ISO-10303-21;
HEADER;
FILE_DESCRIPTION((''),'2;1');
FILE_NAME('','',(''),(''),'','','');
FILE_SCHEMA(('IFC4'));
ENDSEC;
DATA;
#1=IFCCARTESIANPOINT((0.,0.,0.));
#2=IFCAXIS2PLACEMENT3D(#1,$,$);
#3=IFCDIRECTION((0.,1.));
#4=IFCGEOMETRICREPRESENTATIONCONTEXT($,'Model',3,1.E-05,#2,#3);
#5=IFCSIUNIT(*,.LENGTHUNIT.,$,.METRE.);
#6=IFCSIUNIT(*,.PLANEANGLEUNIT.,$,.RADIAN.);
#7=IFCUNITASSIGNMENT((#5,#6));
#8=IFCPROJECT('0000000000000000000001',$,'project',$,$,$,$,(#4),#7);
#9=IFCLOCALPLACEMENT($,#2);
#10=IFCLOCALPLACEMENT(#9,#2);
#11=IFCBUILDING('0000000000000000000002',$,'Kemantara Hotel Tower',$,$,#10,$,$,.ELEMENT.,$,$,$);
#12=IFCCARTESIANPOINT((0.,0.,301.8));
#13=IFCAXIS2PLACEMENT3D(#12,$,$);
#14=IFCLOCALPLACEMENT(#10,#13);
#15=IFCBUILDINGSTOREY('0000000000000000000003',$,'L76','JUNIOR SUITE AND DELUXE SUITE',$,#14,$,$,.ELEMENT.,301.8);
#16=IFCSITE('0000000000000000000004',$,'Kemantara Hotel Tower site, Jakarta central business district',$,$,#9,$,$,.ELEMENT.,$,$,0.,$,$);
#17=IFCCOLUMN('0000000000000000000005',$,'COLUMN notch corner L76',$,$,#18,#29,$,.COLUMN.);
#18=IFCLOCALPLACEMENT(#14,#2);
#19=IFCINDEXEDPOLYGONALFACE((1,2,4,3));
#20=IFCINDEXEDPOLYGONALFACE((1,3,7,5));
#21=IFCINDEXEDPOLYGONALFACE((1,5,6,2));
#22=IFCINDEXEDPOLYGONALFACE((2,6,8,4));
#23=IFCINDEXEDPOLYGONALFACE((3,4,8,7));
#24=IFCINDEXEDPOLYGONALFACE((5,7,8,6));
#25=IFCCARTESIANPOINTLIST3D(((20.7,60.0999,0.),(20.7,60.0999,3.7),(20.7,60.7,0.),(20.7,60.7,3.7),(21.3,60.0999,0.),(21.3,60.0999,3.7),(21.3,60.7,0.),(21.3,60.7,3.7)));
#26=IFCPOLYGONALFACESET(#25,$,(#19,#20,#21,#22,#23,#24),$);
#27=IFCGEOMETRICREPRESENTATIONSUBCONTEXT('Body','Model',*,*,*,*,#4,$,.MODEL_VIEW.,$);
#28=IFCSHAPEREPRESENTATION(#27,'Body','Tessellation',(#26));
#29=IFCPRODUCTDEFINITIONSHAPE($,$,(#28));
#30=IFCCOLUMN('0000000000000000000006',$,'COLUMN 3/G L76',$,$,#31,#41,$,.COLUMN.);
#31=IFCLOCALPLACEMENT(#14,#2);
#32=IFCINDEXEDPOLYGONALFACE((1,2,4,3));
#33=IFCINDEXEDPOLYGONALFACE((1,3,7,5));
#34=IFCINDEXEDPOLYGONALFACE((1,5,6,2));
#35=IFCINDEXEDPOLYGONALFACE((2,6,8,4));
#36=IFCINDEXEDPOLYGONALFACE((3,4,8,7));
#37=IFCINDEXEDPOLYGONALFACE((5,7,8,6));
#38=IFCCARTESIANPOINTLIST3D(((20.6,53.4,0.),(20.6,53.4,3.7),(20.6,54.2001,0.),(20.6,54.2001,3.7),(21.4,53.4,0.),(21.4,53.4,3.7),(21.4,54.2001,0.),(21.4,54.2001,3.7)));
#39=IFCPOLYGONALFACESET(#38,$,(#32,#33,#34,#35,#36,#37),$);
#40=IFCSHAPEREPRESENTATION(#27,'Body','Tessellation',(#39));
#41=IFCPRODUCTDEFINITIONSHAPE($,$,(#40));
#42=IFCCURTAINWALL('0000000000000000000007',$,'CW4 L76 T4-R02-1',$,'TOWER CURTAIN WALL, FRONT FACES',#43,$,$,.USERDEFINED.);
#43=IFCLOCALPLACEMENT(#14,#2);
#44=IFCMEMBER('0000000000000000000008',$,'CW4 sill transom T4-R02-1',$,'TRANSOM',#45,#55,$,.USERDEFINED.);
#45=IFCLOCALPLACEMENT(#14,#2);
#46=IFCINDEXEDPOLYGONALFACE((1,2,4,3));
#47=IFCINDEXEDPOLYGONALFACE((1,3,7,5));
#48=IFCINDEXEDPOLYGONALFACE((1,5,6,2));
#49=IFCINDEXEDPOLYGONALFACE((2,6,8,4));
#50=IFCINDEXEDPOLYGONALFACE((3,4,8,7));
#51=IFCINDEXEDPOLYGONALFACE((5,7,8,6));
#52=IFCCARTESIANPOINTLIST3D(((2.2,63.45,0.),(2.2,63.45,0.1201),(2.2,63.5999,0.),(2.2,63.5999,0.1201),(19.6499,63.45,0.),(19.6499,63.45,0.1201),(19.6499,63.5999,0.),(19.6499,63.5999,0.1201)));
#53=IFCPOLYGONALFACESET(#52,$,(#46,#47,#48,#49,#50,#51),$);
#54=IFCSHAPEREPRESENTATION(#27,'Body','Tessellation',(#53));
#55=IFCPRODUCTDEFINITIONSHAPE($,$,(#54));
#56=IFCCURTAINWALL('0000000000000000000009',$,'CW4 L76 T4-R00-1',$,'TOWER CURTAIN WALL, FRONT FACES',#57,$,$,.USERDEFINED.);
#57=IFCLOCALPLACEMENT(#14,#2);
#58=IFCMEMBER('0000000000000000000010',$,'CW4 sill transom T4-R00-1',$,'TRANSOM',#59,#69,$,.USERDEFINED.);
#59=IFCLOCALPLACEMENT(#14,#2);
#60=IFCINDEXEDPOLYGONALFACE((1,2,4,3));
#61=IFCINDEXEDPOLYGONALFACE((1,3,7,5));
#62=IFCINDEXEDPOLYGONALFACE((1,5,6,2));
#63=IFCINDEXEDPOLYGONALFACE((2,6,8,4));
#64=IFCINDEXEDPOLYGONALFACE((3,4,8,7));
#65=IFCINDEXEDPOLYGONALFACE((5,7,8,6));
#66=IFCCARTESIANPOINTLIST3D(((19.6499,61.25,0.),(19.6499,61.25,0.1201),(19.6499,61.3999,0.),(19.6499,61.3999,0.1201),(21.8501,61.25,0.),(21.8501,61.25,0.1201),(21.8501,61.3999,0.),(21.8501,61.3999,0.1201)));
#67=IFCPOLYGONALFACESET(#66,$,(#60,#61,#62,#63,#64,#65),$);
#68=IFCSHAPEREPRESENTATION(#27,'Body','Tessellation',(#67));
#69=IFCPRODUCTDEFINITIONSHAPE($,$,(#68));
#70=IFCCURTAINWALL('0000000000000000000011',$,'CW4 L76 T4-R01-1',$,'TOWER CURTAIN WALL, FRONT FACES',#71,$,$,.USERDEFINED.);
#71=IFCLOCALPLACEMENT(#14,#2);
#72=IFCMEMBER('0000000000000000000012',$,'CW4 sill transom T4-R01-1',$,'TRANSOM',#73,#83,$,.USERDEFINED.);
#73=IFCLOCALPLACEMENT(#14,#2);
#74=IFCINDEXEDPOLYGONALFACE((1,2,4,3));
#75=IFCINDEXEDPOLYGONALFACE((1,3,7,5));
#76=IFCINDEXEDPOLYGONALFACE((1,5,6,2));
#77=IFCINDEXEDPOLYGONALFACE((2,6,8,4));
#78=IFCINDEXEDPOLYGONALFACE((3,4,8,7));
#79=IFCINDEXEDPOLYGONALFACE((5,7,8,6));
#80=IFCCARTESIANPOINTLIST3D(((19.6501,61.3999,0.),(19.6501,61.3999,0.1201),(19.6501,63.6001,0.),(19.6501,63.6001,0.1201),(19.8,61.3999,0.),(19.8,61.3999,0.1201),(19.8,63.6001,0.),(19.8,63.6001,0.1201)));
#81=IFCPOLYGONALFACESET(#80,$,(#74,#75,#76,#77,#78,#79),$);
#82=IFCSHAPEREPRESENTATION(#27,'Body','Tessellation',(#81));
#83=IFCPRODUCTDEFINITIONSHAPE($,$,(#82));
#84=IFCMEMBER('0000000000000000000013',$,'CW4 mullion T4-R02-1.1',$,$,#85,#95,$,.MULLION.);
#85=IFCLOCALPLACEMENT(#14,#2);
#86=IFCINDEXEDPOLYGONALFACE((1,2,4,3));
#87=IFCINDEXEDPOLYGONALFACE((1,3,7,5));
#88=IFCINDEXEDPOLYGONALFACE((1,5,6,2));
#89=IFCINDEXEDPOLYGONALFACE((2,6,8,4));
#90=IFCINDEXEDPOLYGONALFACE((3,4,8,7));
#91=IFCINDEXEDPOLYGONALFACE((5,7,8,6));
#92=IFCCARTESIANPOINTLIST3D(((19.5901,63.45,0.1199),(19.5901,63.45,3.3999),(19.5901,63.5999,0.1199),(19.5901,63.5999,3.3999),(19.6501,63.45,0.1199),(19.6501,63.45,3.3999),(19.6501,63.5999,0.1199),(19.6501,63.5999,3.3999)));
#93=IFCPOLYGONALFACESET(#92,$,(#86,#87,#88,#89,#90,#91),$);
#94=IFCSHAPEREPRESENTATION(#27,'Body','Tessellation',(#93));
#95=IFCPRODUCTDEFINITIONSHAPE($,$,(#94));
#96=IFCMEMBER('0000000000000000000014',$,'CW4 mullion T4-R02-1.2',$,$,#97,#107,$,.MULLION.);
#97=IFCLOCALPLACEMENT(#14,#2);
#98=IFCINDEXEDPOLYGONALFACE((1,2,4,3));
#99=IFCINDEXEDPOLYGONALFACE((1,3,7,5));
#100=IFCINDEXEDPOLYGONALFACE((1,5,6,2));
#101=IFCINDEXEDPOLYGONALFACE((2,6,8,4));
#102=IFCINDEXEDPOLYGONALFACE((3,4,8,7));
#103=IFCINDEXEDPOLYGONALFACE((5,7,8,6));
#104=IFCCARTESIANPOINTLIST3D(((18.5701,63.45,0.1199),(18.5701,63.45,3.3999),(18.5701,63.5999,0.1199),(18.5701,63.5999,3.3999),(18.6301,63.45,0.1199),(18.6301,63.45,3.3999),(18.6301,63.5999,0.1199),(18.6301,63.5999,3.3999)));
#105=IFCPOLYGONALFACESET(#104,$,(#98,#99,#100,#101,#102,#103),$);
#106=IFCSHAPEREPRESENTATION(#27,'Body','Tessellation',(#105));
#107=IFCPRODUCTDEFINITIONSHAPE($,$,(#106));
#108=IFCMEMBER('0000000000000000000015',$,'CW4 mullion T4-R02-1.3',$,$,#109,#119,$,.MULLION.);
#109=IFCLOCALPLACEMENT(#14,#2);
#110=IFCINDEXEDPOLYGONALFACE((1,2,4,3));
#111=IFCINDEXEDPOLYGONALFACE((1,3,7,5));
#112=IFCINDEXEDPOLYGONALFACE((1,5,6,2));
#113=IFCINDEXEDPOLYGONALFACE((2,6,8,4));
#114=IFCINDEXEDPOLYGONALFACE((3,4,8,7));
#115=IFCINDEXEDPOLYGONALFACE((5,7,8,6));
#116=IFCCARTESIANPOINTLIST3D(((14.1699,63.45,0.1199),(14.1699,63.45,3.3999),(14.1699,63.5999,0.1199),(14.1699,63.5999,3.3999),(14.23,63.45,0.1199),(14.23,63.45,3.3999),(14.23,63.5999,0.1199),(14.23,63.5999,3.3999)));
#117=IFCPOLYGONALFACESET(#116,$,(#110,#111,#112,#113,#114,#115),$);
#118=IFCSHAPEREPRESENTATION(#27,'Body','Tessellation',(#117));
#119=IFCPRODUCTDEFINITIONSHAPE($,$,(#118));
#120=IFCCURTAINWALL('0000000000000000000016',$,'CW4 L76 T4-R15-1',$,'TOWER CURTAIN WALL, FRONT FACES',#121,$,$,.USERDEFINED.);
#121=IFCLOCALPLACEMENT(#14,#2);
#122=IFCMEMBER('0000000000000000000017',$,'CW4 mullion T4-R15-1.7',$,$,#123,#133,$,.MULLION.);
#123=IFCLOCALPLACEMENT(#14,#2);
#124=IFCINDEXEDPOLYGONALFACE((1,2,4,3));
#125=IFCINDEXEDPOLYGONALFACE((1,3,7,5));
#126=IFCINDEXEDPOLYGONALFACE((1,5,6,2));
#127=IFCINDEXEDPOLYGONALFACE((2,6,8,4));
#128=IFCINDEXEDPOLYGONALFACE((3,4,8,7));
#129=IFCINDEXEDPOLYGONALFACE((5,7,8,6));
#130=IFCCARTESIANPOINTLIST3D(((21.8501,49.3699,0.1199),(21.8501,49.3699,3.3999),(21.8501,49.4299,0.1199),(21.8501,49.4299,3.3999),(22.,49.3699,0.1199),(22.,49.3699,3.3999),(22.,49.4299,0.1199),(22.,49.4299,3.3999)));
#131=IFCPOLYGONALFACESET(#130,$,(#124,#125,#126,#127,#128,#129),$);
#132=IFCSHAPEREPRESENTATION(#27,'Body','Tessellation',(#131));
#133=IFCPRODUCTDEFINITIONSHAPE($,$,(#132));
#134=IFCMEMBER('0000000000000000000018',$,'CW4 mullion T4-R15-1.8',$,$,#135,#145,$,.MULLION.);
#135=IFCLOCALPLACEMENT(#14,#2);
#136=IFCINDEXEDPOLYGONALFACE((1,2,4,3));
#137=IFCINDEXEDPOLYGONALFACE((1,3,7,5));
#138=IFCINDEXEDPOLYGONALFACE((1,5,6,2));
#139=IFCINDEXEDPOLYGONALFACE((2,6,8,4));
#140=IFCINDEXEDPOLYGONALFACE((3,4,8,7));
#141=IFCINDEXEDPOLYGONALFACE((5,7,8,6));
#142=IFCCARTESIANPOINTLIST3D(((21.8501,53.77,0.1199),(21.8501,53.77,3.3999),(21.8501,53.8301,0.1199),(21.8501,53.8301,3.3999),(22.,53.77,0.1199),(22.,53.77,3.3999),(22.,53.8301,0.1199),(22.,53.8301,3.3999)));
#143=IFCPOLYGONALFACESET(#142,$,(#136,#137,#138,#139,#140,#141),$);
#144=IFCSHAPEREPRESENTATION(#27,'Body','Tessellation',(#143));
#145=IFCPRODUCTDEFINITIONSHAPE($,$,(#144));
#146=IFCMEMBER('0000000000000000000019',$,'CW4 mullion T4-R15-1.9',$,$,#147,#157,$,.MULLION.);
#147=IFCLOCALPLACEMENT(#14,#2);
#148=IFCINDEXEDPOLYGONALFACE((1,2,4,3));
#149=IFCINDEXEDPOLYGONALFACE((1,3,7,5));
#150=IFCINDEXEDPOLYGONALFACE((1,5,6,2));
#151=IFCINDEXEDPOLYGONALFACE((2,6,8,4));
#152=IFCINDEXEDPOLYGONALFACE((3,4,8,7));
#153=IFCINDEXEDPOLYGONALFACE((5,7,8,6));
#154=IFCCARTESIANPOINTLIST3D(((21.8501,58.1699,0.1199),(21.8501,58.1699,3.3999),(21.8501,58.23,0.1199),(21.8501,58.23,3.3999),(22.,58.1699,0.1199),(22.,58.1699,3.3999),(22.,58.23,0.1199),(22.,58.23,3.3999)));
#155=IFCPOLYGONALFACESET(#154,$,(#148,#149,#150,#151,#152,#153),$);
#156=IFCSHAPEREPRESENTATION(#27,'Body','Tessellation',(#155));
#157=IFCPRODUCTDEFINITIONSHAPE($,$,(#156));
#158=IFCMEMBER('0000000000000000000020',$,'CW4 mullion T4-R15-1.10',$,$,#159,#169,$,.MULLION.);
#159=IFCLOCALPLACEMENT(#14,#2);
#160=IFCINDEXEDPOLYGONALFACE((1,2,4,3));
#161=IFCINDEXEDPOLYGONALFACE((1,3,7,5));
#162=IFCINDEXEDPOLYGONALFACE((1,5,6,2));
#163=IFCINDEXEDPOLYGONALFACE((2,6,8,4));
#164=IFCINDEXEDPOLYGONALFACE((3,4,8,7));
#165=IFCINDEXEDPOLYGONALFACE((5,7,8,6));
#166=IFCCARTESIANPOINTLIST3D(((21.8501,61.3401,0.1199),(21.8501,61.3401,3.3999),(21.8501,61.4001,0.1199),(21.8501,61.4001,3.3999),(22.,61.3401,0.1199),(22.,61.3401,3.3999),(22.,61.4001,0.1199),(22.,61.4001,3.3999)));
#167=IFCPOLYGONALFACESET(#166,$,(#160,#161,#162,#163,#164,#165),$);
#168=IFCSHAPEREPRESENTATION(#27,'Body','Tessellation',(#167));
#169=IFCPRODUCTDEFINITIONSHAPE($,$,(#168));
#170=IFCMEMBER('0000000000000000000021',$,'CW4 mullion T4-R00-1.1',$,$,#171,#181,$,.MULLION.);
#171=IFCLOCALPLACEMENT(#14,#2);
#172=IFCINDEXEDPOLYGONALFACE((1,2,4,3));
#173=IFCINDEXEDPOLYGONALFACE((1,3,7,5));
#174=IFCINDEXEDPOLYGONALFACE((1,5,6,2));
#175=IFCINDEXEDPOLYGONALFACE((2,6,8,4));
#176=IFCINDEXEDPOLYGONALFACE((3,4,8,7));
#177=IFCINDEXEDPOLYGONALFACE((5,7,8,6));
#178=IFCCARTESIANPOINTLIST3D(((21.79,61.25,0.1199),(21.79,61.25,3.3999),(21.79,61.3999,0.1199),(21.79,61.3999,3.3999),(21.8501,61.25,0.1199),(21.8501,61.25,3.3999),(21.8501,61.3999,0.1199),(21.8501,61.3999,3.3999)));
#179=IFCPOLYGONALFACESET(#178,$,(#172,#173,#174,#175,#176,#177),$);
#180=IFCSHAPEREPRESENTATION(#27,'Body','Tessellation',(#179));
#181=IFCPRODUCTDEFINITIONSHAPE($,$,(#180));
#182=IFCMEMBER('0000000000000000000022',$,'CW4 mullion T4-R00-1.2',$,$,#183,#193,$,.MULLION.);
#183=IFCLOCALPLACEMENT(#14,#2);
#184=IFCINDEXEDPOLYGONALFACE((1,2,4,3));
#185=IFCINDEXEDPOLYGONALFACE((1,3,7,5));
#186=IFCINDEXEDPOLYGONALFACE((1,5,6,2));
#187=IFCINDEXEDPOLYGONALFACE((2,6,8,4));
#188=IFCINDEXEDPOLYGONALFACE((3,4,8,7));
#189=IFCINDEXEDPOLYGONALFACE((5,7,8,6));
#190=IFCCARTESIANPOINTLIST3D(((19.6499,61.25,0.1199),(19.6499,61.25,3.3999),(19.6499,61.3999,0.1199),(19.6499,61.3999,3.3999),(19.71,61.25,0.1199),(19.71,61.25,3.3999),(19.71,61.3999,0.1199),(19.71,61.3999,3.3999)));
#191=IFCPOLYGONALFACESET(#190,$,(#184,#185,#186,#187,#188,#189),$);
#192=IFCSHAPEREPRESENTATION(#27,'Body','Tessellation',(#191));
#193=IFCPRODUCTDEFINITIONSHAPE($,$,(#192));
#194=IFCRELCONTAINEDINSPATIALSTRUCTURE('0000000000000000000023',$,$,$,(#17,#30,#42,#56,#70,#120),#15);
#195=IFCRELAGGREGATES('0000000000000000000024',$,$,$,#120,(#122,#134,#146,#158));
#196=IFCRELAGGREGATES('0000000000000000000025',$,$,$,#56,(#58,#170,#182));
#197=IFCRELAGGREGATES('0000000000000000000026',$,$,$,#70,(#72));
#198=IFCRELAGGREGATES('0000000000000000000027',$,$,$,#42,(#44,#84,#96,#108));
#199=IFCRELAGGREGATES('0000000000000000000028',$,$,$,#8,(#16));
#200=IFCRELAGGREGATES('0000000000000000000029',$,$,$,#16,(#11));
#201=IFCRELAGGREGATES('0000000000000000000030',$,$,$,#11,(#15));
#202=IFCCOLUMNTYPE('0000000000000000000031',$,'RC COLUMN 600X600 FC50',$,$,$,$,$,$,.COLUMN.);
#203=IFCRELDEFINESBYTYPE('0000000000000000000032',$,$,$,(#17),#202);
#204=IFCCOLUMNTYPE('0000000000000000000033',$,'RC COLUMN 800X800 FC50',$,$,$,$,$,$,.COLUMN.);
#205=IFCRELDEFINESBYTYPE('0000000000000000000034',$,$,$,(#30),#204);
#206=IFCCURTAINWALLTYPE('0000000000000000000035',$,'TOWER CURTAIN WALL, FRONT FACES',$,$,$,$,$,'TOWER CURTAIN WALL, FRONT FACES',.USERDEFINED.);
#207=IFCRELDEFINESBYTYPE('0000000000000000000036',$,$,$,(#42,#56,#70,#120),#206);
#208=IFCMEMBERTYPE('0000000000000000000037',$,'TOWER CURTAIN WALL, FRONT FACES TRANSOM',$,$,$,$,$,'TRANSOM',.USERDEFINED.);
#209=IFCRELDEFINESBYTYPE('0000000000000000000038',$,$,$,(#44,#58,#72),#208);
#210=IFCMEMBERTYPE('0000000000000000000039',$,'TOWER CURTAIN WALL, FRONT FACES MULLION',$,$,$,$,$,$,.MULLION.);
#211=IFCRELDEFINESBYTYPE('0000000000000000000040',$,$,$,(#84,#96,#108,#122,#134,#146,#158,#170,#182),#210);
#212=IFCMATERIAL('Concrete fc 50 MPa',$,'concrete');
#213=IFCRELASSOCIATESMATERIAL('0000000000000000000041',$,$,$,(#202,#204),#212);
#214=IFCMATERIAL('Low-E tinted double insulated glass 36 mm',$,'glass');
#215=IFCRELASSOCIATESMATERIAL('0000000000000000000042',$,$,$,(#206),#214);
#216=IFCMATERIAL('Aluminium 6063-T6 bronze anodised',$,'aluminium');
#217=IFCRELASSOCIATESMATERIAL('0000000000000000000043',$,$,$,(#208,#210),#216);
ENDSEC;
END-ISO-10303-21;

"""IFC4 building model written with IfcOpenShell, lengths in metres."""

from ifc_helpers import new_model, si_unit, direction, frame, origin, origin_2d, place, context, subcontext, project, spatial, rectangle, extrude, source, transform, mapped, material, material_profile, profile_set, type_object, element, aggregate, save


model = new_model("IFC4")

# Units and contexts
model_context = context("Model", 3, precision=1e-05, world=origin(), true_north=direction((0.0, 1.0)))
body_context = subcontext(model_context, "Body", "Model", "MODEL_VIEW")
ifc_project = project(units=[si_unit("LENGTHUNIT", "METRE"), si_unit("PLANEANGLEUNIT", "RADIAN")], contexts=[model_context])

# Site, building, storey
site_placement = place(None, origin())
site = spatial("IfcSite", under=ifc_project, at=site_placement, Name="Kemantara Hotel Tower site, Jakarta central business district", CompositionType="ELEMENT", RefElevation=0.0)
building_placement = place(site_placement, origin())
building = spatial("IfcBuilding", under=site, at=building_placement, Name="Kemantara Hotel Tower", CompositionType="ELEMENT")
storey_placement = place(building_placement, frame((0.0, 0.0, 301.8)))
storey = spatial("IfcBuildingStorey", under=building, at=storey_placement, Name="L76", Description="JUNIOR SUITE AND DELUXE SUITE", CompositionType="ELEMENT", Elevation=301.8)

# Columns
ifc_material_1 = material(Name="Concrete fc 50 MPa", Category="concrete")
ifc_material_profile_1 = material_profile(ifc_material_1, rectangle(XDim=0.6001, YDim=0.6001, at=origin_2d()), Name="RC 600X600")
ifc_profile_set_1 = profile_set([ifc_material_profile_1], Name="Concrete fc 50 MPa")
column_type_1 = type_object("IfcColumnType", Name="RC COLUMN 600X600 FC50", PredefinedType="COLUMN", material=ifc_profile_set_1)
column_1_placement = place(storey_placement, frame((21.0, 60.3999, 0.0), z_axis=(0.0, 0.0, 1.0), x_axis=(1.0, 0.0, 0.0)))
element("IfcColumn", 1, at=column_1_placement, inside=storey, type_object=column_type_1, Name="COLUMN notch corner L76", PredefinedType="COLUMN", context=body_context, shape_type="SweptSolid", body=[
    extrude(rectangle(XDim=0.6001, YDim=0.6001, at=origin_2d()), origin(), (0.0, 0.0, 1.0), 3.7),
])
ifc_material_profile_2 = material_profile(ifc_material_1, rectangle(XDim=0.8, YDim=0.8, at=origin_2d()), Name="RC 800X800")
ifc_profile_set_2 = profile_set([ifc_material_profile_2], Name="Concrete fc 50 MPa")
column_type_2 = type_object("IfcColumnType", Name="RC COLUMN 800X800 FC50", PredefinedType="COLUMN", material=ifc_profile_set_2)
column_2_placement = place(storey_placement, frame((21.0, 53.8, 0.0), z_axis=(0.0, 0.0, 1.0), x_axis=(1.0, 0.0, 0.0)))
element("IfcColumn", 2, at=column_2_placement, inside=storey, type_object=column_type_2, Name="COLUMN 3/G L76", PredefinedType="COLUMN", context=body_context, shape_type="SweptSolid", body=[
    extrude(rectangle(XDim=0.8, YDim=0.8, at=origin_2d()), origin(), (0.0, 0.0, 1.0), 3.7),
])

# Curtain walls, members
ifc_material_2 = material(Name="Low-E tinted double insulated glass 36 mm", Category="glass")
curtain_wall_type = type_object("IfcCurtainWallType", Name="TOWER CURTAIN WALL, FRONT FACES", ElementType="TOWER CURTAIN WALL, FRONT FACES", PredefinedType="USERDEFINED", material=ifc_material_2)
curtain_wall_1_placement = place(storey_placement, origin())
curtain_wall_1 = element("IfcCurtainWall", 3, at=curtain_wall_1_placement, inside=storey, type_object=curtain_wall_type, Name="CW4 L76 T4-R02-1", ObjectType="TOWER CURTAIN WALL, FRONT FACES", PredefinedType="USERDEFINED")
ifc_material_3 = material(Name="Aluminium 6063-T6 bronze anodised", Category="aluminium")
ifc_material_profile_3 = material_profile(ifc_material_3, rectangle(XDim=0.1499, YDim=0.1201, at=origin_2d()), Name="TOWER CURTAIN WALL, FRONT FACES TRANSOM")
ifc_profile_set_3 = profile_set([ifc_material_profile_3], Name="Aluminium 6063-T6 bronze anodised")
member_type_1 = type_object("IfcMemberType", Name="TOWER CURTAIN WALL, FRONT FACES TRANSOM", ElementType="TRANSOM", PredefinedType="USERDEFINED", material=ifc_profile_set_3)
member_1_placement = place(storey_placement, frame((19.6499, 63.5249, 0.0601), z_axis=(-1.0, 0.0, 0.0), x_axis=(0.0, -1.0, 0.0)))
member_1 = element("IfcMember", 4, at=member_1_placement, type_object=member_type_1, Name="CW4 sill transom T4-R02-1", ObjectType="TRANSOM", PredefinedType="USERDEFINED", context=body_context, shape_type="SweptSolid", body=[
    extrude(rectangle(XDim=0.1499, YDim=0.1201, at=origin_2d()), origin(), (0.0, 0.0, 1.0), 17.45),
])
curtain_wall_2_placement = place(storey_placement, origin())
curtain_wall_2 = element("IfcCurtainWall", 5, at=curtain_wall_2_placement, inside=storey, type_object=curtain_wall_type, Name="CW4 L76 T4-R00-1", ObjectType="TOWER CURTAIN WALL, FRONT FACES", PredefinedType="USERDEFINED")
member_2_placement = place(storey_placement, frame((21.8501, 61.325, 0.0601), z_axis=(-1.0, 0.0, 0.0), x_axis=(0.0, -1.0, 0.0)))
member_2 = element("IfcMember", 6, at=member_2_placement, type_object=member_type_1, Name="CW4 sill transom T4-R00-1", ObjectType="TRANSOM", PredefinedType="USERDEFINED", context=body_context, shape_type="SweptSolid", body=[
    extrude(rectangle(XDim=0.1499, YDim=0.1201, at=origin_2d()), origin(), (0.0, 0.0, 1.0), 2.2002),
])
curtain_wall_3_placement = place(storey_placement, origin())
curtain_wall_3 = element("IfcCurtainWall", 7, at=curtain_wall_3_placement, inside=storey, type_object=curtain_wall_type, Name="CW4 L76 T4-R01-1", ObjectType="TOWER CURTAIN WALL, FRONT FACES", PredefinedType="USERDEFINED")
member_3_placement = place(storey_placement, frame((19.7251, 61.3999, 0.0601), z_axis=(0.0, 1.0, 0.0), x_axis=(-1.0, 0.0, 0.0)))
member_3 = element("IfcMember", 8, at=member_3_placement, type_object=member_type_1, Name="CW4 sill transom T4-R01-1", ObjectType="TRANSOM", PredefinedType="USERDEFINED", context=body_context, shape_type="SweptSolid", body=[
    extrude(rectangle(XDim=0.1499, YDim=0.1201, at=origin_2d()), origin(), (0.0, 0.0, 1.0), 2.2002),
])

# Members
ifc_material_profile_4 = material_profile(ifc_material_3, rectangle(XDim=0.1499, YDim=0.0601, at=origin_2d()), Name="TOWER CURTAIN WALL, FRONT FACES MULLION")
ifc_profile_set_4 = profile_set([ifc_material_profile_4], Name="Aluminium 6063-T6 bronze anodised")
member_type_2 = type_object("IfcMemberType", Name="TOWER CURTAIN WALL, FRONT FACES MULLION", PredefinedType="MULLION", material=ifc_profile_set_4)
shared_shape_1 = source(origin(), body_context, "Body", "SweptSolid", [
    extrude(rectangle(XDim=0.1499, YDim=0.0601, at=origin_2d()), origin(), (0.0, 0.0, 1.0), 3.28),
])
member_4_placement = place(storey_placement, frame((19.6201, 63.5249, 0.1199), z_axis=(0.0, 0.0, 1.0), x_axis=(0.0, -1.0, 0.0)))
member_4 = element("IfcMember", 9, at=member_4_placement, type_object=member_type_2, Name="CW4 mullion T4-R02-1.1", PredefinedType="MULLION", context=body_context, shape_type="MappedRepresentation", body=[
    mapped(shared_shape_1, transform((0.0, 0.0, 0.0))),
])
member_5_placement = place(storey_placement, frame((18.6001, 63.5249, 0.1199), z_axis=(0.0, 0.0, 1.0), x_axis=(0.0, -1.0, 0.0)))
member_5 = element("IfcMember", 10, at=member_5_placement, type_object=member_type_2, Name="CW4 mullion T4-R02-1.2", PredefinedType="MULLION", context=body_context, shape_type="MappedRepresentation", body=[
    mapped(shared_shape_1, transform((0.0, 0.0, 0.0))),
])
member_6_placement = place(storey_placement, frame((14.2, 63.5249, 0.1199), z_axis=(0.0, 0.0, 1.0), x_axis=(0.0, -1.0, 0.0)))
member_6 = element("IfcMember", 11, at=member_6_placement, type_object=member_type_2, Name="CW4 mullion T4-R02-1.3", PredefinedType="MULLION", context=body_context, shape_type="MappedRepresentation", body=[
    mapped(shared_shape_1, transform((0.0, 0.0, 0.0))),
])

# Curtain wall, members
curtain_wall_4_placement = place(storey_placement, origin())
curtain_wall_4 = element("IfcCurtainWall", 12, at=curtain_wall_4_placement, inside=storey, type_object=curtain_wall_type, Name="CW4 L76 T4-R15-1", ObjectType="TOWER CURTAIN WALL, FRONT FACES", PredefinedType="USERDEFINED")
member_7_placement = place(storey_placement, frame((21.925, 49.3999, 0.1199), z_axis=(0.0, 0.0, 1.0), x_axis=(-1.0, 0.0, 0.0)))
member_7 = element("IfcMember", 13, at=member_7_placement, type_object=member_type_2, Name="CW4 mullion T4-R15-1.7", PredefinedType="MULLION", context=body_context, shape_type="MappedRepresentation", body=[
    mapped(shared_shape_1, transform((0.0, 0.0, 0.0))),
])
member_8_placement = place(storey_placement, frame((21.925, 53.8, 0.1199), z_axis=(0.0, 0.0, 1.0), x_axis=(-1.0, 0.0, 0.0)))
member_8 = element("IfcMember", 14, at=member_8_placement, type_object=member_type_2, Name="CW4 mullion T4-R15-1.8", PredefinedType="MULLION", context=body_context, shape_type="MappedRepresentation", body=[
    mapped(shared_shape_1, transform((0.0, 0.0, 0.0))),
])
member_9_placement = place(storey_placement, frame((21.925, 58.2, 0.1199), z_axis=(0.0, 0.0, 1.0), x_axis=(-1.0, 0.0, 0.0)))
member_9 = element("IfcMember", 15, at=member_9_placement, type_object=member_type_2, Name="CW4 mullion T4-R15-1.9", PredefinedType="MULLION", context=body_context, shape_type="MappedRepresentation", body=[
    mapped(shared_shape_1, transform((0.0, 0.0, 0.0))),
])
member_10_placement = place(storey_placement, frame((21.925, 61.3701, 0.1199), z_axis=(0.0, 0.0, 1.0), x_axis=(-1.0, 0.0, 0.0)))
member_10 = element("IfcMember", 16, at=member_10_placement, type_object=member_type_2, Name="CW4 mullion T4-R15-1.10", PredefinedType="MULLION", context=body_context, shape_type="MappedRepresentation", body=[
    mapped(shared_shape_1, transform((0.0, 0.0, 0.0))),
])

# Members
member_11_placement = place(storey_placement, frame((21.8201, 61.325, 0.1199), z_axis=(0.0, 0.0, 1.0), x_axis=(0.0, -1.0, 0.0)))
member_11 = element("IfcMember", 17, at=member_11_placement, type_object=member_type_2, Name="CW4 mullion T4-R00-1.1", PredefinedType="MULLION", context=body_context, shape_type="MappedRepresentation", body=[
    mapped(shared_shape_1, transform((0.0, 0.0, 0.0))),
])
member_12_placement = place(storey_placement, frame((19.6799, 61.325, 0.1199), z_axis=(0.0, 0.0, 1.0), x_axis=(0.0, -1.0, 0.0)))
member_12 = element("IfcMember", 18, at=member_12_placement, type_object=member_type_2, Name="CW4 mullion T4-R00-1.2", PredefinedType="MULLION", context=body_context, shape_type="MappedRepresentation", body=[
    mapped(shared_shape_1, transform((0.0, 0.0, 0.0))),
])

aggregate(curtain_wall_4, [member_7, member_8, member_9, member_10])
aggregate(curtain_wall_2, [member_2, member_11, member_12])
aggregate(curtain_wall_3, [member_3])
aggregate(curtain_wall_1, [member_1, member_4, member_5, member_6])

save(model, "model.ifc")
